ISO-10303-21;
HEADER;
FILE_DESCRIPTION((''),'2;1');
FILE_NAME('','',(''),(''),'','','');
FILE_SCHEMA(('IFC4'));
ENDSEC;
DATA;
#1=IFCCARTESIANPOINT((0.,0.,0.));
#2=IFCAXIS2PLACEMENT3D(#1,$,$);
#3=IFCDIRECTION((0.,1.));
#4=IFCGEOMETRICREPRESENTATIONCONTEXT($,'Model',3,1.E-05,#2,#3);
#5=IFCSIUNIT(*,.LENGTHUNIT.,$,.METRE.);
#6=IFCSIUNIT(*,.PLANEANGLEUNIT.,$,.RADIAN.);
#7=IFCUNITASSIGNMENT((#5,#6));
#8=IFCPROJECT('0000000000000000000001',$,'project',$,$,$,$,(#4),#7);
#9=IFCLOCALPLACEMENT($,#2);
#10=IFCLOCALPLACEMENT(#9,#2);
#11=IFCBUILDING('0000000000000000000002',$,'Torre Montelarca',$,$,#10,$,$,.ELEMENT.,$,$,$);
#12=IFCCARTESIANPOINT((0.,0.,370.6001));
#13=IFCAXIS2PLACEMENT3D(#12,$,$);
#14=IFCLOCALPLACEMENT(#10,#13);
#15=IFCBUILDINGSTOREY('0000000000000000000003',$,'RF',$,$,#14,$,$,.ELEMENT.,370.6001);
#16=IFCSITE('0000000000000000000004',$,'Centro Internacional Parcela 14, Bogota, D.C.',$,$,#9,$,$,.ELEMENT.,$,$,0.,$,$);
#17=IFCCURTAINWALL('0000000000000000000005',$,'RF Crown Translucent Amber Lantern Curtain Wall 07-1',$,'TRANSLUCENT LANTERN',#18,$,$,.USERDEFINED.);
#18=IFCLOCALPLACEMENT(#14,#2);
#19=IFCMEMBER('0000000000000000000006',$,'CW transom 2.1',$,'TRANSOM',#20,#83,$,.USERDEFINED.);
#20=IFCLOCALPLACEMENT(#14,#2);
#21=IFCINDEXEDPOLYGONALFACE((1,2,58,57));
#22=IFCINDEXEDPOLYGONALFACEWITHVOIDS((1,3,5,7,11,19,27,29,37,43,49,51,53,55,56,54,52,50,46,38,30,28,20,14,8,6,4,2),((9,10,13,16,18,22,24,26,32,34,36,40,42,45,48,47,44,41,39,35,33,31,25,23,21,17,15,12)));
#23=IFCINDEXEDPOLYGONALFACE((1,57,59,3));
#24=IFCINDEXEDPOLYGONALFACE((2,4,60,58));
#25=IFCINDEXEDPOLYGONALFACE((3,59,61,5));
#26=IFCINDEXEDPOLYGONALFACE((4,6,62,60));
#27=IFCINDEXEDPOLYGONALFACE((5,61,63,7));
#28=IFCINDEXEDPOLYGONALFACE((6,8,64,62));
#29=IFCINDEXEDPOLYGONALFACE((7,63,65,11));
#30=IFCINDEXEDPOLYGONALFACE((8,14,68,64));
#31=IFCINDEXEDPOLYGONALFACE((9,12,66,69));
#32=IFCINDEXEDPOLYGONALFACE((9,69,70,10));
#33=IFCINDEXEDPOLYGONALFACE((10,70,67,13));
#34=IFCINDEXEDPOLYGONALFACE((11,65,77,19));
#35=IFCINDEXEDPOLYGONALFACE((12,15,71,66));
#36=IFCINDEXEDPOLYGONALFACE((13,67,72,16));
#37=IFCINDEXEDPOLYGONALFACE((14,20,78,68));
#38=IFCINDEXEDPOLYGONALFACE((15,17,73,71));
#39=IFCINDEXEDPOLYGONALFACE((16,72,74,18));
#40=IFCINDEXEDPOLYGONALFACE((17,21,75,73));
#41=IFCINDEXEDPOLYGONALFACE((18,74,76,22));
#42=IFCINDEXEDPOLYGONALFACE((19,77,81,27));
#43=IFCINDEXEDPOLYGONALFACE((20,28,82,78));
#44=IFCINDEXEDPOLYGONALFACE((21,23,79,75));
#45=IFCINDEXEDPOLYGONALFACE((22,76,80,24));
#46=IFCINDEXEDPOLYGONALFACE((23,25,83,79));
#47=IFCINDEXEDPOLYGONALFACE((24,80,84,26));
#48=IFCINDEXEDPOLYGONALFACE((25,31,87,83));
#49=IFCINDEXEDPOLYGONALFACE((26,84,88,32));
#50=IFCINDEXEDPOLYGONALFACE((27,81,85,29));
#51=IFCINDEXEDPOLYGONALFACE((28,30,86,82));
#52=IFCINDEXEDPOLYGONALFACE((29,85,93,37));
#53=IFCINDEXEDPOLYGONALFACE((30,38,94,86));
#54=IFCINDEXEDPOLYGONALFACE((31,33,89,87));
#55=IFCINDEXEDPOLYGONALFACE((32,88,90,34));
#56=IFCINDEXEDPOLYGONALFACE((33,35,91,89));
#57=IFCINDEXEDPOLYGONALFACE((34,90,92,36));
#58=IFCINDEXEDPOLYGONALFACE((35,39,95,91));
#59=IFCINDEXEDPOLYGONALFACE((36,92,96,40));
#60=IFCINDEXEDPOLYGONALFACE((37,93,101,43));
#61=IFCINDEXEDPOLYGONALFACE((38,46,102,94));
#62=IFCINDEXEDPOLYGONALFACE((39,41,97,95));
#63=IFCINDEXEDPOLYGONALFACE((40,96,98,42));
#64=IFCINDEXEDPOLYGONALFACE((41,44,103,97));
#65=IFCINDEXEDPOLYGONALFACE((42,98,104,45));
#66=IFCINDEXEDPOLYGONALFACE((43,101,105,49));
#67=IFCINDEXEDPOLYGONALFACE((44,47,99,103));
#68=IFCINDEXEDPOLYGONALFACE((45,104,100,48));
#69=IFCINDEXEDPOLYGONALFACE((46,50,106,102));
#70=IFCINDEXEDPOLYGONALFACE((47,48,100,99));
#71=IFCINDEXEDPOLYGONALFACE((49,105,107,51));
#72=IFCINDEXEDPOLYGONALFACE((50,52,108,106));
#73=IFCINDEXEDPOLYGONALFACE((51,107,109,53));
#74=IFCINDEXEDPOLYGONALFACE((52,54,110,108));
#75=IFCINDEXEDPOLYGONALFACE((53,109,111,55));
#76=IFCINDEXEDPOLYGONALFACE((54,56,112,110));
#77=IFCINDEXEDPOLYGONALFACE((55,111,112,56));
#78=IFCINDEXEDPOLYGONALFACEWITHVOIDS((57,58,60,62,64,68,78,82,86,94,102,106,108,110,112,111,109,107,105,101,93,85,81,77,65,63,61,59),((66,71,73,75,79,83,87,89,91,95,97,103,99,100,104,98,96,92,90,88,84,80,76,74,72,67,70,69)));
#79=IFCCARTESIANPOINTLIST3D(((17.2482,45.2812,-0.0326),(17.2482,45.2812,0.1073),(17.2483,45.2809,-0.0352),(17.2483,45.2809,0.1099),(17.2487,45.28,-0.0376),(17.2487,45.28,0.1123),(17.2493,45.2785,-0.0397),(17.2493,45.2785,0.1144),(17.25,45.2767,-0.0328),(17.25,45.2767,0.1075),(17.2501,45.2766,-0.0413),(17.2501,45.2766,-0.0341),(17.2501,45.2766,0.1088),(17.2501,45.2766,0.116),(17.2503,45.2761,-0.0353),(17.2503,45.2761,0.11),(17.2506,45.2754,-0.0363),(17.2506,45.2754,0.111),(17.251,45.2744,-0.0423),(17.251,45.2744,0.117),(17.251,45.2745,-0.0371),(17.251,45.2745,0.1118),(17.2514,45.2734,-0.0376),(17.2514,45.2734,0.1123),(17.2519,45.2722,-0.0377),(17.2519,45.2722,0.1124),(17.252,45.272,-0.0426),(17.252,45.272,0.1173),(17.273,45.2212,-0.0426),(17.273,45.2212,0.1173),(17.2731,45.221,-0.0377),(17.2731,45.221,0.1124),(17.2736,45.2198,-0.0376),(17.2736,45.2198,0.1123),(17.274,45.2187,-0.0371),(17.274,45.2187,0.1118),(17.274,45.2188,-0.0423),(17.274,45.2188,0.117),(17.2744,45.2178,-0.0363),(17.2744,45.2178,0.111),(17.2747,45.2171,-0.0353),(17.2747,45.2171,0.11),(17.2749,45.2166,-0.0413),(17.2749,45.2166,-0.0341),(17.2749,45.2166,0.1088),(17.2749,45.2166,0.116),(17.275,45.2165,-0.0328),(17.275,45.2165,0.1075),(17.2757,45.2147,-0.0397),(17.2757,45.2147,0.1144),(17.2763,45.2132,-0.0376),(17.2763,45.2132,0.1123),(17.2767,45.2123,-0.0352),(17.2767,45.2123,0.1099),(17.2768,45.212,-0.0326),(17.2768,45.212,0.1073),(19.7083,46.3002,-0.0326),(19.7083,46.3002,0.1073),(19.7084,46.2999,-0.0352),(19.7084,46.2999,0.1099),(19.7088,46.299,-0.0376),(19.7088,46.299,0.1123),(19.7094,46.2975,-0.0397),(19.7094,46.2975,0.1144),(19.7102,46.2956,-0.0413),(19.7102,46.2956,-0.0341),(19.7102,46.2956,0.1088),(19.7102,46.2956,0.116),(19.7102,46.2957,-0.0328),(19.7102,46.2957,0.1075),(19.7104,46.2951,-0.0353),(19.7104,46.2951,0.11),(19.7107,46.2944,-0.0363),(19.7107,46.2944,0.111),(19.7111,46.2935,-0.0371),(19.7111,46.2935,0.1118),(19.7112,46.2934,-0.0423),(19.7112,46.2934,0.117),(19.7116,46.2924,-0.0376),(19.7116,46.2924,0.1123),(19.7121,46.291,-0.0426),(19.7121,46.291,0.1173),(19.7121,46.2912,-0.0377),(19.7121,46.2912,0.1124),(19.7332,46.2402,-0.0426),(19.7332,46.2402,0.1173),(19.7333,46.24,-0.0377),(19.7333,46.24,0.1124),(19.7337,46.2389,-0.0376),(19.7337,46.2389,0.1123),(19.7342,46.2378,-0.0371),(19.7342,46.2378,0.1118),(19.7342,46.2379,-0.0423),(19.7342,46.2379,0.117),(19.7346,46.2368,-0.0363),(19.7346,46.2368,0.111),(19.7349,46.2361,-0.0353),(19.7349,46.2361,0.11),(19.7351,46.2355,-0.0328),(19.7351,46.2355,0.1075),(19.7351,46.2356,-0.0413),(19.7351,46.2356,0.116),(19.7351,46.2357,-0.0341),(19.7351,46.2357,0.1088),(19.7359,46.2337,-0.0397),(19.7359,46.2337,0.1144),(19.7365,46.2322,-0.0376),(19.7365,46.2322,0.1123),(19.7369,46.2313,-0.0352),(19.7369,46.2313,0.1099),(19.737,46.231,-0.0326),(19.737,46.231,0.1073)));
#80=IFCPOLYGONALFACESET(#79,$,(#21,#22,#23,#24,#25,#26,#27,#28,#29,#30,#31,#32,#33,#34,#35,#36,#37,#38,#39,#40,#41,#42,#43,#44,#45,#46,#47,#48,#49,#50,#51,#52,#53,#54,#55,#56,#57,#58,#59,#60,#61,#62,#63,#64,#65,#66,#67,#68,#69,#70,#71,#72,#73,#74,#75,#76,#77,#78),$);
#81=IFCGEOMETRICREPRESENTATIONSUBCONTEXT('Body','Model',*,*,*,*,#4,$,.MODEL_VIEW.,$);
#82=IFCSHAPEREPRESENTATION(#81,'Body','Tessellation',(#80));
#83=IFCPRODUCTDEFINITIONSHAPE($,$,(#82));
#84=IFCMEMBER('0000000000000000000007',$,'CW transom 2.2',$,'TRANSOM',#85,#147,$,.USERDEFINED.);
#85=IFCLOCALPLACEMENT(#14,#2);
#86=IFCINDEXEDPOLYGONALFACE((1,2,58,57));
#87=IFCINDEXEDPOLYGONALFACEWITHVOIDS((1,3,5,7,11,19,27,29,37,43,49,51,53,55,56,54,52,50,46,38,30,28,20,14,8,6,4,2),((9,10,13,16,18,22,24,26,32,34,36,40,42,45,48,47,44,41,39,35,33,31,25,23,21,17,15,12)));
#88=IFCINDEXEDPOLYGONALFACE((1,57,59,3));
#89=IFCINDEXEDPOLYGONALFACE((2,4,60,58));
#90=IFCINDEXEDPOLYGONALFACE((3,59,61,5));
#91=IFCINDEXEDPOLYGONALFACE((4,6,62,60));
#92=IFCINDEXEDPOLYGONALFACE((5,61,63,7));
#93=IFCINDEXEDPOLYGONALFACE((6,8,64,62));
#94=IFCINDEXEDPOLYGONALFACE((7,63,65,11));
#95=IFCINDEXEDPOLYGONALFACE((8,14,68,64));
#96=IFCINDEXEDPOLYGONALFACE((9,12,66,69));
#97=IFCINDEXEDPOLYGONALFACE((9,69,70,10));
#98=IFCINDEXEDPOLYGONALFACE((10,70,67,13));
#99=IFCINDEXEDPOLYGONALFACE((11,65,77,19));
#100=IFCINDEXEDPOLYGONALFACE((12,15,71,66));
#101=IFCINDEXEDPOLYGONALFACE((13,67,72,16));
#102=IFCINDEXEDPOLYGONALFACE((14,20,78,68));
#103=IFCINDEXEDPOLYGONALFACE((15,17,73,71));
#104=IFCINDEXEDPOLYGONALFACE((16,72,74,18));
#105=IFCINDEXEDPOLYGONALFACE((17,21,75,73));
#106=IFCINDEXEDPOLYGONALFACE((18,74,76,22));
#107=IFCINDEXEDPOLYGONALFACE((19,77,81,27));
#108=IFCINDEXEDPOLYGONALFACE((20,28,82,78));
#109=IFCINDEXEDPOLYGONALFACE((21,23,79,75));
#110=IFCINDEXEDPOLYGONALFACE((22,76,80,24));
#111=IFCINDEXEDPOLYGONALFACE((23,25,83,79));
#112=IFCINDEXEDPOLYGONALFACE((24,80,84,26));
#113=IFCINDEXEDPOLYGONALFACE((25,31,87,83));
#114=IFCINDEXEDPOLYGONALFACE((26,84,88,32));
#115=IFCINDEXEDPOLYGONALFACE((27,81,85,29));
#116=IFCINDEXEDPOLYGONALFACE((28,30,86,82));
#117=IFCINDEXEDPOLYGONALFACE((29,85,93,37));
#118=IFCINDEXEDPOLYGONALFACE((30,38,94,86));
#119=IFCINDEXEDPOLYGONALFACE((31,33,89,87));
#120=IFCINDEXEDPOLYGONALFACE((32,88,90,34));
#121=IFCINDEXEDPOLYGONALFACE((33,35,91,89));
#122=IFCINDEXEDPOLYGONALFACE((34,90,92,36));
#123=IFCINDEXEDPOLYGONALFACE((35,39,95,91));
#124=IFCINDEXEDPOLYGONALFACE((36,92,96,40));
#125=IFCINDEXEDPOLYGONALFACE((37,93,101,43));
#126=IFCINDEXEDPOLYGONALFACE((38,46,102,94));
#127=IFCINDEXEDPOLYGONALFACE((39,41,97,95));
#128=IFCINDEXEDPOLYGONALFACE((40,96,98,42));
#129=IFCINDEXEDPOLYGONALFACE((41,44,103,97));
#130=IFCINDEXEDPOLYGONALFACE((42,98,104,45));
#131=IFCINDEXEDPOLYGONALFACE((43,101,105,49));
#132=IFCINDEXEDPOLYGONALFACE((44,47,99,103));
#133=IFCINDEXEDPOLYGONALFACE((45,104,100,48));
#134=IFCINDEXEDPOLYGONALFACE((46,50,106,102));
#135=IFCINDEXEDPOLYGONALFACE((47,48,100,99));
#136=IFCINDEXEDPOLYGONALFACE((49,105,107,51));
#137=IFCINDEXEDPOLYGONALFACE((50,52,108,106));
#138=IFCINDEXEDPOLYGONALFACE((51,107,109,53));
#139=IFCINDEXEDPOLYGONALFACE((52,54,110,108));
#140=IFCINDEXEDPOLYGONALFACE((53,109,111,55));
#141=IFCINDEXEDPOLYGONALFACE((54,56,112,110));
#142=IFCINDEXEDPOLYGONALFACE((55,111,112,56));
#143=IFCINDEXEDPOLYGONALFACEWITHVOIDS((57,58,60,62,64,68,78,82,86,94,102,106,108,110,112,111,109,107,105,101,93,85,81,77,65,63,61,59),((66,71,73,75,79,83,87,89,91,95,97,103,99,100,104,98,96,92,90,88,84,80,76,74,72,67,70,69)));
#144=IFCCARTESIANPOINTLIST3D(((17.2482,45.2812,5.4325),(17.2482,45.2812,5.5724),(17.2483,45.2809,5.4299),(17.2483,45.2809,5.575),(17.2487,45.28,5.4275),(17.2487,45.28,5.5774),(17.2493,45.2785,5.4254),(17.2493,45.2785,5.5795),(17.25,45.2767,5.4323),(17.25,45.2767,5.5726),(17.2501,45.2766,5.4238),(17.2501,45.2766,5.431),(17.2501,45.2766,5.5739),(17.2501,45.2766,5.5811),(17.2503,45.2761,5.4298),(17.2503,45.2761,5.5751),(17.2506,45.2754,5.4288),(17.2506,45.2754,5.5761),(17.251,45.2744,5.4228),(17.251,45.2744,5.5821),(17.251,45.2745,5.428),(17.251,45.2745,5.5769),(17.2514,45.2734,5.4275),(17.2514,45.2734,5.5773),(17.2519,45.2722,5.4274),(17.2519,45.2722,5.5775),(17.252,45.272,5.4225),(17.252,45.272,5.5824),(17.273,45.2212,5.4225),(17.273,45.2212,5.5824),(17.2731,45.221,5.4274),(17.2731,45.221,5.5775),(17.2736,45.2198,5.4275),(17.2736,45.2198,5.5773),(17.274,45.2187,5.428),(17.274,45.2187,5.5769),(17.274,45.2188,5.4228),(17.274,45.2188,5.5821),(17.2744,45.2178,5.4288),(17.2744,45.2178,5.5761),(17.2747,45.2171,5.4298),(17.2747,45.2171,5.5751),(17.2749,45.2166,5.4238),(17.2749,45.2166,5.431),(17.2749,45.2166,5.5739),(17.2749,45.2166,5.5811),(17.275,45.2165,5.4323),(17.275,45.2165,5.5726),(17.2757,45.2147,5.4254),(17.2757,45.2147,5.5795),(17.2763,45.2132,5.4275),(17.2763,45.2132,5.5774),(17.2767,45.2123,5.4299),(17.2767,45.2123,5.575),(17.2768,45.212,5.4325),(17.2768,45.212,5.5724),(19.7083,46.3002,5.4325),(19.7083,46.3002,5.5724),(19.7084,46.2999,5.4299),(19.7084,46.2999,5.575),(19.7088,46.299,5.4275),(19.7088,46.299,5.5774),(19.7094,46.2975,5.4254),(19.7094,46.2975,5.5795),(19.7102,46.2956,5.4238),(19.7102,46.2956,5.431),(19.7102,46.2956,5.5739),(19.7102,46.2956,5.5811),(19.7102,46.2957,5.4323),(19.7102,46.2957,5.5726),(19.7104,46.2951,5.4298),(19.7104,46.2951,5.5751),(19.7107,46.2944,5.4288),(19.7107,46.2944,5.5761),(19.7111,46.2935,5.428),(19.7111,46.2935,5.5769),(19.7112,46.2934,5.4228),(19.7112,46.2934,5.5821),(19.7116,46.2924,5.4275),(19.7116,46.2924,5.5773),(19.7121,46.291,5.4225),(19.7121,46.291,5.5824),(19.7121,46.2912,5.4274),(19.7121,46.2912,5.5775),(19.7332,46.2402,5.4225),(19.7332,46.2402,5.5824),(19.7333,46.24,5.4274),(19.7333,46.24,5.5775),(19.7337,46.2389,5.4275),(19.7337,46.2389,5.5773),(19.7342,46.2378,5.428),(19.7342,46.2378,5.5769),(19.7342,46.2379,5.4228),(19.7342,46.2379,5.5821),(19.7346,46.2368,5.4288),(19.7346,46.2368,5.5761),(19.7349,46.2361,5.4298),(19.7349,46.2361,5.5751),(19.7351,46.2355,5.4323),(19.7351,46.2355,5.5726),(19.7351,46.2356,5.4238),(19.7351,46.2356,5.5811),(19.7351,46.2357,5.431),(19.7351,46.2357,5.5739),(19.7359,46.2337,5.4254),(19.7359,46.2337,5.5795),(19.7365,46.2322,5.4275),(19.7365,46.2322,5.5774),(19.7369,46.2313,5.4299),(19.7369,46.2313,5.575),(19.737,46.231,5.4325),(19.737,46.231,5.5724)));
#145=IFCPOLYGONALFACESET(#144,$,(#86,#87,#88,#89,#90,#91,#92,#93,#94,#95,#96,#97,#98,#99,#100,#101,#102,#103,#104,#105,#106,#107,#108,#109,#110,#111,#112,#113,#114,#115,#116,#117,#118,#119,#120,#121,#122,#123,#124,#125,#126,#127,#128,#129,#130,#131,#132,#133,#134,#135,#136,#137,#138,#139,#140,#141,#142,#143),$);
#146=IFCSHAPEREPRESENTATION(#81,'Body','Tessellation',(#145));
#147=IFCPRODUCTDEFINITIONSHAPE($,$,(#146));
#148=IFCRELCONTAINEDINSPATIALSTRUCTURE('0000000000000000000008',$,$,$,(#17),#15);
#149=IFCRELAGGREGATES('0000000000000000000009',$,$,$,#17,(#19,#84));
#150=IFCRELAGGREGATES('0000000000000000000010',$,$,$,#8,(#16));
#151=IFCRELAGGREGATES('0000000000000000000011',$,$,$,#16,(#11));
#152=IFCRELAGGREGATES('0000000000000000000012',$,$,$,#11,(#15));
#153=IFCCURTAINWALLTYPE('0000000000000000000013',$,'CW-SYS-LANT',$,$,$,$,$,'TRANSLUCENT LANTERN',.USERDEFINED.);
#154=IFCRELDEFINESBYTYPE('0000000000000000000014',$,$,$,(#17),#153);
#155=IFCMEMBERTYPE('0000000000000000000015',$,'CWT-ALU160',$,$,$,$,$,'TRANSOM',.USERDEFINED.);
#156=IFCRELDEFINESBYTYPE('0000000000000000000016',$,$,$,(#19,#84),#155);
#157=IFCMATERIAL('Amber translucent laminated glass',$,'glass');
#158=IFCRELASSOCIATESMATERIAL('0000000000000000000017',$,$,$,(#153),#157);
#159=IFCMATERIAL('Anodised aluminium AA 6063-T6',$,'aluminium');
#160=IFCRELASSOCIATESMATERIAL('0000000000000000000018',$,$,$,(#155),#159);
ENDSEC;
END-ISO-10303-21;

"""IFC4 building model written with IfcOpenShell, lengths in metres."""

from ifc_helpers import new_model, si_unit, direction, frame, origin, origin_2d, place, context, subcontext, project, spatial, hollow_rectangle, extrude, source, transform, mapped, material, material_profile, profile_set, type_object, element, aggregate, save


model = new_model("IFC4")

# Units and contexts
model_context = context("Model", 3, precision=1e-05, world=origin(), true_north=direction((0.0, 1.0)))
body_context = subcontext(model_context, "Body", "Model", "MODEL_VIEW")
ifc_project = project(units=[si_unit("LENGTHUNIT", "METRE"), si_unit("PLANEANGLEUNIT", "RADIAN")], contexts=[model_context])

# Site, building, storey
site_placement = place(None, origin())
site = spatial("IfcSite", under=ifc_project, at=site_placement, Name="Centro Internacional Parcela 14, Bogota, D.C.", CompositionType="ELEMENT", RefElevation=0.0)
building_placement = place(site_placement, origin())
building = spatial("IfcBuilding", under=site, at=building_placement, Name="Torre Montelarca", CompositionType="ELEMENT")
storey_placement = place(building_placement, frame((0.0, 0.0, 370.6001)))
storey = spatial("IfcBuildingStorey", under=building, at=storey_placement, Name="RF", CompositionType="ELEMENT", Elevation=370.6001)

# Curtain wall, members
ifc_material_1 = material(Name="Amber translucent laminated glass", Category="glass")
curtain_wall_type = type_object("IfcCurtainWallType", Name="CW-SYS-LANT", ElementType="TRANSLUCENT LANTERN", PredefinedType="USERDEFINED", material=ifc_material_1)
curtain_wall_placement = place(storey_placement, origin())
curtain_wall = element("IfcCurtainWall", 1, at=curtain_wall_placement, inside=storey, type_object=curtain_wall_type, Name="RF Crown Translucent Amber Lantern Curtain Wall 07-1", ObjectType="TRANSLUCENT LANTERN", PredefinedType="USERDEFINED")
ifc_material_2 = material(Name="Anodised aluminium AA 6063-T6", Category="aluminium")
ifc_material_profile_1 = material_profile(ifc_material_2, hollow_rectangle(XDim=0.075, YDim=0.1599, WallThickness=0.0049, InnerFilletRadius=0.0049, OuterFilletRadius=0.01, at=origin_2d()), Name="ALU75X160X5", Category="aluminium")
ifc_profile_set_1 = profile_set([ifc_material_profile_1], Name="Anodised aluminium AA 6063-T6")
member_type_1 = type_object("IfcMemberType", Name="CWT-ALU160", ElementType="TRANSOM", PredefinedType="USERDEFINED", material=ifc_profile_set_1)
shared_shape_1 = source(origin(), body_context, "Body", "SweptSolid", [
    extrude(hollow_rectangle(XDim=0.075, YDim=0.1599, WallThickness=0.0049, InnerFilletRadius=0.0049, OuterFilletRadius=0.01, at=origin_2d()), origin(), (0.0, 0.0, 1.0), 2.6628),
])
member_1_placement = place(storey_placement, frame((19.7227, 46.2656, 0.0374), z_axis=(-0.923881, -0.382681, 0.0), x_axis=(0.382681, -0.923881, 0.0)))
member_1 = element("IfcMember", 2, at=member_1_placement, type_object=member_type_1, Name="CW transom 2.1", ObjectType="TRANSOM", PredefinedType="USERDEFINED", context=body_context, shape_type="MappedRepresentation", body=[
    mapped(shared_shape_1, transform((0.0, 0.0, 0.0), scale=1.0)),
])
member_2_placement = place(storey_placement, frame((19.7227, 46.2656, 5.5024), z_axis=(-0.923881, -0.382681, 0.0), x_axis=(0.382681, -0.923881, 0.0)))
member_2 = element("IfcMember", 3, at=member_2_placement, type_object=member_type_1, Name="CW transom 2.2", ObjectType="TRANSOM", PredefinedType="USERDEFINED", context=body_context, shape_type="MappedRepresentation", body=[
    mapped(shared_shape_1, transform((0.0, 0.0, 0.0), scale=1.0)),
])

aggregate(curtain_wall, [member_1, member_2])

save(model, "model.ifc")
